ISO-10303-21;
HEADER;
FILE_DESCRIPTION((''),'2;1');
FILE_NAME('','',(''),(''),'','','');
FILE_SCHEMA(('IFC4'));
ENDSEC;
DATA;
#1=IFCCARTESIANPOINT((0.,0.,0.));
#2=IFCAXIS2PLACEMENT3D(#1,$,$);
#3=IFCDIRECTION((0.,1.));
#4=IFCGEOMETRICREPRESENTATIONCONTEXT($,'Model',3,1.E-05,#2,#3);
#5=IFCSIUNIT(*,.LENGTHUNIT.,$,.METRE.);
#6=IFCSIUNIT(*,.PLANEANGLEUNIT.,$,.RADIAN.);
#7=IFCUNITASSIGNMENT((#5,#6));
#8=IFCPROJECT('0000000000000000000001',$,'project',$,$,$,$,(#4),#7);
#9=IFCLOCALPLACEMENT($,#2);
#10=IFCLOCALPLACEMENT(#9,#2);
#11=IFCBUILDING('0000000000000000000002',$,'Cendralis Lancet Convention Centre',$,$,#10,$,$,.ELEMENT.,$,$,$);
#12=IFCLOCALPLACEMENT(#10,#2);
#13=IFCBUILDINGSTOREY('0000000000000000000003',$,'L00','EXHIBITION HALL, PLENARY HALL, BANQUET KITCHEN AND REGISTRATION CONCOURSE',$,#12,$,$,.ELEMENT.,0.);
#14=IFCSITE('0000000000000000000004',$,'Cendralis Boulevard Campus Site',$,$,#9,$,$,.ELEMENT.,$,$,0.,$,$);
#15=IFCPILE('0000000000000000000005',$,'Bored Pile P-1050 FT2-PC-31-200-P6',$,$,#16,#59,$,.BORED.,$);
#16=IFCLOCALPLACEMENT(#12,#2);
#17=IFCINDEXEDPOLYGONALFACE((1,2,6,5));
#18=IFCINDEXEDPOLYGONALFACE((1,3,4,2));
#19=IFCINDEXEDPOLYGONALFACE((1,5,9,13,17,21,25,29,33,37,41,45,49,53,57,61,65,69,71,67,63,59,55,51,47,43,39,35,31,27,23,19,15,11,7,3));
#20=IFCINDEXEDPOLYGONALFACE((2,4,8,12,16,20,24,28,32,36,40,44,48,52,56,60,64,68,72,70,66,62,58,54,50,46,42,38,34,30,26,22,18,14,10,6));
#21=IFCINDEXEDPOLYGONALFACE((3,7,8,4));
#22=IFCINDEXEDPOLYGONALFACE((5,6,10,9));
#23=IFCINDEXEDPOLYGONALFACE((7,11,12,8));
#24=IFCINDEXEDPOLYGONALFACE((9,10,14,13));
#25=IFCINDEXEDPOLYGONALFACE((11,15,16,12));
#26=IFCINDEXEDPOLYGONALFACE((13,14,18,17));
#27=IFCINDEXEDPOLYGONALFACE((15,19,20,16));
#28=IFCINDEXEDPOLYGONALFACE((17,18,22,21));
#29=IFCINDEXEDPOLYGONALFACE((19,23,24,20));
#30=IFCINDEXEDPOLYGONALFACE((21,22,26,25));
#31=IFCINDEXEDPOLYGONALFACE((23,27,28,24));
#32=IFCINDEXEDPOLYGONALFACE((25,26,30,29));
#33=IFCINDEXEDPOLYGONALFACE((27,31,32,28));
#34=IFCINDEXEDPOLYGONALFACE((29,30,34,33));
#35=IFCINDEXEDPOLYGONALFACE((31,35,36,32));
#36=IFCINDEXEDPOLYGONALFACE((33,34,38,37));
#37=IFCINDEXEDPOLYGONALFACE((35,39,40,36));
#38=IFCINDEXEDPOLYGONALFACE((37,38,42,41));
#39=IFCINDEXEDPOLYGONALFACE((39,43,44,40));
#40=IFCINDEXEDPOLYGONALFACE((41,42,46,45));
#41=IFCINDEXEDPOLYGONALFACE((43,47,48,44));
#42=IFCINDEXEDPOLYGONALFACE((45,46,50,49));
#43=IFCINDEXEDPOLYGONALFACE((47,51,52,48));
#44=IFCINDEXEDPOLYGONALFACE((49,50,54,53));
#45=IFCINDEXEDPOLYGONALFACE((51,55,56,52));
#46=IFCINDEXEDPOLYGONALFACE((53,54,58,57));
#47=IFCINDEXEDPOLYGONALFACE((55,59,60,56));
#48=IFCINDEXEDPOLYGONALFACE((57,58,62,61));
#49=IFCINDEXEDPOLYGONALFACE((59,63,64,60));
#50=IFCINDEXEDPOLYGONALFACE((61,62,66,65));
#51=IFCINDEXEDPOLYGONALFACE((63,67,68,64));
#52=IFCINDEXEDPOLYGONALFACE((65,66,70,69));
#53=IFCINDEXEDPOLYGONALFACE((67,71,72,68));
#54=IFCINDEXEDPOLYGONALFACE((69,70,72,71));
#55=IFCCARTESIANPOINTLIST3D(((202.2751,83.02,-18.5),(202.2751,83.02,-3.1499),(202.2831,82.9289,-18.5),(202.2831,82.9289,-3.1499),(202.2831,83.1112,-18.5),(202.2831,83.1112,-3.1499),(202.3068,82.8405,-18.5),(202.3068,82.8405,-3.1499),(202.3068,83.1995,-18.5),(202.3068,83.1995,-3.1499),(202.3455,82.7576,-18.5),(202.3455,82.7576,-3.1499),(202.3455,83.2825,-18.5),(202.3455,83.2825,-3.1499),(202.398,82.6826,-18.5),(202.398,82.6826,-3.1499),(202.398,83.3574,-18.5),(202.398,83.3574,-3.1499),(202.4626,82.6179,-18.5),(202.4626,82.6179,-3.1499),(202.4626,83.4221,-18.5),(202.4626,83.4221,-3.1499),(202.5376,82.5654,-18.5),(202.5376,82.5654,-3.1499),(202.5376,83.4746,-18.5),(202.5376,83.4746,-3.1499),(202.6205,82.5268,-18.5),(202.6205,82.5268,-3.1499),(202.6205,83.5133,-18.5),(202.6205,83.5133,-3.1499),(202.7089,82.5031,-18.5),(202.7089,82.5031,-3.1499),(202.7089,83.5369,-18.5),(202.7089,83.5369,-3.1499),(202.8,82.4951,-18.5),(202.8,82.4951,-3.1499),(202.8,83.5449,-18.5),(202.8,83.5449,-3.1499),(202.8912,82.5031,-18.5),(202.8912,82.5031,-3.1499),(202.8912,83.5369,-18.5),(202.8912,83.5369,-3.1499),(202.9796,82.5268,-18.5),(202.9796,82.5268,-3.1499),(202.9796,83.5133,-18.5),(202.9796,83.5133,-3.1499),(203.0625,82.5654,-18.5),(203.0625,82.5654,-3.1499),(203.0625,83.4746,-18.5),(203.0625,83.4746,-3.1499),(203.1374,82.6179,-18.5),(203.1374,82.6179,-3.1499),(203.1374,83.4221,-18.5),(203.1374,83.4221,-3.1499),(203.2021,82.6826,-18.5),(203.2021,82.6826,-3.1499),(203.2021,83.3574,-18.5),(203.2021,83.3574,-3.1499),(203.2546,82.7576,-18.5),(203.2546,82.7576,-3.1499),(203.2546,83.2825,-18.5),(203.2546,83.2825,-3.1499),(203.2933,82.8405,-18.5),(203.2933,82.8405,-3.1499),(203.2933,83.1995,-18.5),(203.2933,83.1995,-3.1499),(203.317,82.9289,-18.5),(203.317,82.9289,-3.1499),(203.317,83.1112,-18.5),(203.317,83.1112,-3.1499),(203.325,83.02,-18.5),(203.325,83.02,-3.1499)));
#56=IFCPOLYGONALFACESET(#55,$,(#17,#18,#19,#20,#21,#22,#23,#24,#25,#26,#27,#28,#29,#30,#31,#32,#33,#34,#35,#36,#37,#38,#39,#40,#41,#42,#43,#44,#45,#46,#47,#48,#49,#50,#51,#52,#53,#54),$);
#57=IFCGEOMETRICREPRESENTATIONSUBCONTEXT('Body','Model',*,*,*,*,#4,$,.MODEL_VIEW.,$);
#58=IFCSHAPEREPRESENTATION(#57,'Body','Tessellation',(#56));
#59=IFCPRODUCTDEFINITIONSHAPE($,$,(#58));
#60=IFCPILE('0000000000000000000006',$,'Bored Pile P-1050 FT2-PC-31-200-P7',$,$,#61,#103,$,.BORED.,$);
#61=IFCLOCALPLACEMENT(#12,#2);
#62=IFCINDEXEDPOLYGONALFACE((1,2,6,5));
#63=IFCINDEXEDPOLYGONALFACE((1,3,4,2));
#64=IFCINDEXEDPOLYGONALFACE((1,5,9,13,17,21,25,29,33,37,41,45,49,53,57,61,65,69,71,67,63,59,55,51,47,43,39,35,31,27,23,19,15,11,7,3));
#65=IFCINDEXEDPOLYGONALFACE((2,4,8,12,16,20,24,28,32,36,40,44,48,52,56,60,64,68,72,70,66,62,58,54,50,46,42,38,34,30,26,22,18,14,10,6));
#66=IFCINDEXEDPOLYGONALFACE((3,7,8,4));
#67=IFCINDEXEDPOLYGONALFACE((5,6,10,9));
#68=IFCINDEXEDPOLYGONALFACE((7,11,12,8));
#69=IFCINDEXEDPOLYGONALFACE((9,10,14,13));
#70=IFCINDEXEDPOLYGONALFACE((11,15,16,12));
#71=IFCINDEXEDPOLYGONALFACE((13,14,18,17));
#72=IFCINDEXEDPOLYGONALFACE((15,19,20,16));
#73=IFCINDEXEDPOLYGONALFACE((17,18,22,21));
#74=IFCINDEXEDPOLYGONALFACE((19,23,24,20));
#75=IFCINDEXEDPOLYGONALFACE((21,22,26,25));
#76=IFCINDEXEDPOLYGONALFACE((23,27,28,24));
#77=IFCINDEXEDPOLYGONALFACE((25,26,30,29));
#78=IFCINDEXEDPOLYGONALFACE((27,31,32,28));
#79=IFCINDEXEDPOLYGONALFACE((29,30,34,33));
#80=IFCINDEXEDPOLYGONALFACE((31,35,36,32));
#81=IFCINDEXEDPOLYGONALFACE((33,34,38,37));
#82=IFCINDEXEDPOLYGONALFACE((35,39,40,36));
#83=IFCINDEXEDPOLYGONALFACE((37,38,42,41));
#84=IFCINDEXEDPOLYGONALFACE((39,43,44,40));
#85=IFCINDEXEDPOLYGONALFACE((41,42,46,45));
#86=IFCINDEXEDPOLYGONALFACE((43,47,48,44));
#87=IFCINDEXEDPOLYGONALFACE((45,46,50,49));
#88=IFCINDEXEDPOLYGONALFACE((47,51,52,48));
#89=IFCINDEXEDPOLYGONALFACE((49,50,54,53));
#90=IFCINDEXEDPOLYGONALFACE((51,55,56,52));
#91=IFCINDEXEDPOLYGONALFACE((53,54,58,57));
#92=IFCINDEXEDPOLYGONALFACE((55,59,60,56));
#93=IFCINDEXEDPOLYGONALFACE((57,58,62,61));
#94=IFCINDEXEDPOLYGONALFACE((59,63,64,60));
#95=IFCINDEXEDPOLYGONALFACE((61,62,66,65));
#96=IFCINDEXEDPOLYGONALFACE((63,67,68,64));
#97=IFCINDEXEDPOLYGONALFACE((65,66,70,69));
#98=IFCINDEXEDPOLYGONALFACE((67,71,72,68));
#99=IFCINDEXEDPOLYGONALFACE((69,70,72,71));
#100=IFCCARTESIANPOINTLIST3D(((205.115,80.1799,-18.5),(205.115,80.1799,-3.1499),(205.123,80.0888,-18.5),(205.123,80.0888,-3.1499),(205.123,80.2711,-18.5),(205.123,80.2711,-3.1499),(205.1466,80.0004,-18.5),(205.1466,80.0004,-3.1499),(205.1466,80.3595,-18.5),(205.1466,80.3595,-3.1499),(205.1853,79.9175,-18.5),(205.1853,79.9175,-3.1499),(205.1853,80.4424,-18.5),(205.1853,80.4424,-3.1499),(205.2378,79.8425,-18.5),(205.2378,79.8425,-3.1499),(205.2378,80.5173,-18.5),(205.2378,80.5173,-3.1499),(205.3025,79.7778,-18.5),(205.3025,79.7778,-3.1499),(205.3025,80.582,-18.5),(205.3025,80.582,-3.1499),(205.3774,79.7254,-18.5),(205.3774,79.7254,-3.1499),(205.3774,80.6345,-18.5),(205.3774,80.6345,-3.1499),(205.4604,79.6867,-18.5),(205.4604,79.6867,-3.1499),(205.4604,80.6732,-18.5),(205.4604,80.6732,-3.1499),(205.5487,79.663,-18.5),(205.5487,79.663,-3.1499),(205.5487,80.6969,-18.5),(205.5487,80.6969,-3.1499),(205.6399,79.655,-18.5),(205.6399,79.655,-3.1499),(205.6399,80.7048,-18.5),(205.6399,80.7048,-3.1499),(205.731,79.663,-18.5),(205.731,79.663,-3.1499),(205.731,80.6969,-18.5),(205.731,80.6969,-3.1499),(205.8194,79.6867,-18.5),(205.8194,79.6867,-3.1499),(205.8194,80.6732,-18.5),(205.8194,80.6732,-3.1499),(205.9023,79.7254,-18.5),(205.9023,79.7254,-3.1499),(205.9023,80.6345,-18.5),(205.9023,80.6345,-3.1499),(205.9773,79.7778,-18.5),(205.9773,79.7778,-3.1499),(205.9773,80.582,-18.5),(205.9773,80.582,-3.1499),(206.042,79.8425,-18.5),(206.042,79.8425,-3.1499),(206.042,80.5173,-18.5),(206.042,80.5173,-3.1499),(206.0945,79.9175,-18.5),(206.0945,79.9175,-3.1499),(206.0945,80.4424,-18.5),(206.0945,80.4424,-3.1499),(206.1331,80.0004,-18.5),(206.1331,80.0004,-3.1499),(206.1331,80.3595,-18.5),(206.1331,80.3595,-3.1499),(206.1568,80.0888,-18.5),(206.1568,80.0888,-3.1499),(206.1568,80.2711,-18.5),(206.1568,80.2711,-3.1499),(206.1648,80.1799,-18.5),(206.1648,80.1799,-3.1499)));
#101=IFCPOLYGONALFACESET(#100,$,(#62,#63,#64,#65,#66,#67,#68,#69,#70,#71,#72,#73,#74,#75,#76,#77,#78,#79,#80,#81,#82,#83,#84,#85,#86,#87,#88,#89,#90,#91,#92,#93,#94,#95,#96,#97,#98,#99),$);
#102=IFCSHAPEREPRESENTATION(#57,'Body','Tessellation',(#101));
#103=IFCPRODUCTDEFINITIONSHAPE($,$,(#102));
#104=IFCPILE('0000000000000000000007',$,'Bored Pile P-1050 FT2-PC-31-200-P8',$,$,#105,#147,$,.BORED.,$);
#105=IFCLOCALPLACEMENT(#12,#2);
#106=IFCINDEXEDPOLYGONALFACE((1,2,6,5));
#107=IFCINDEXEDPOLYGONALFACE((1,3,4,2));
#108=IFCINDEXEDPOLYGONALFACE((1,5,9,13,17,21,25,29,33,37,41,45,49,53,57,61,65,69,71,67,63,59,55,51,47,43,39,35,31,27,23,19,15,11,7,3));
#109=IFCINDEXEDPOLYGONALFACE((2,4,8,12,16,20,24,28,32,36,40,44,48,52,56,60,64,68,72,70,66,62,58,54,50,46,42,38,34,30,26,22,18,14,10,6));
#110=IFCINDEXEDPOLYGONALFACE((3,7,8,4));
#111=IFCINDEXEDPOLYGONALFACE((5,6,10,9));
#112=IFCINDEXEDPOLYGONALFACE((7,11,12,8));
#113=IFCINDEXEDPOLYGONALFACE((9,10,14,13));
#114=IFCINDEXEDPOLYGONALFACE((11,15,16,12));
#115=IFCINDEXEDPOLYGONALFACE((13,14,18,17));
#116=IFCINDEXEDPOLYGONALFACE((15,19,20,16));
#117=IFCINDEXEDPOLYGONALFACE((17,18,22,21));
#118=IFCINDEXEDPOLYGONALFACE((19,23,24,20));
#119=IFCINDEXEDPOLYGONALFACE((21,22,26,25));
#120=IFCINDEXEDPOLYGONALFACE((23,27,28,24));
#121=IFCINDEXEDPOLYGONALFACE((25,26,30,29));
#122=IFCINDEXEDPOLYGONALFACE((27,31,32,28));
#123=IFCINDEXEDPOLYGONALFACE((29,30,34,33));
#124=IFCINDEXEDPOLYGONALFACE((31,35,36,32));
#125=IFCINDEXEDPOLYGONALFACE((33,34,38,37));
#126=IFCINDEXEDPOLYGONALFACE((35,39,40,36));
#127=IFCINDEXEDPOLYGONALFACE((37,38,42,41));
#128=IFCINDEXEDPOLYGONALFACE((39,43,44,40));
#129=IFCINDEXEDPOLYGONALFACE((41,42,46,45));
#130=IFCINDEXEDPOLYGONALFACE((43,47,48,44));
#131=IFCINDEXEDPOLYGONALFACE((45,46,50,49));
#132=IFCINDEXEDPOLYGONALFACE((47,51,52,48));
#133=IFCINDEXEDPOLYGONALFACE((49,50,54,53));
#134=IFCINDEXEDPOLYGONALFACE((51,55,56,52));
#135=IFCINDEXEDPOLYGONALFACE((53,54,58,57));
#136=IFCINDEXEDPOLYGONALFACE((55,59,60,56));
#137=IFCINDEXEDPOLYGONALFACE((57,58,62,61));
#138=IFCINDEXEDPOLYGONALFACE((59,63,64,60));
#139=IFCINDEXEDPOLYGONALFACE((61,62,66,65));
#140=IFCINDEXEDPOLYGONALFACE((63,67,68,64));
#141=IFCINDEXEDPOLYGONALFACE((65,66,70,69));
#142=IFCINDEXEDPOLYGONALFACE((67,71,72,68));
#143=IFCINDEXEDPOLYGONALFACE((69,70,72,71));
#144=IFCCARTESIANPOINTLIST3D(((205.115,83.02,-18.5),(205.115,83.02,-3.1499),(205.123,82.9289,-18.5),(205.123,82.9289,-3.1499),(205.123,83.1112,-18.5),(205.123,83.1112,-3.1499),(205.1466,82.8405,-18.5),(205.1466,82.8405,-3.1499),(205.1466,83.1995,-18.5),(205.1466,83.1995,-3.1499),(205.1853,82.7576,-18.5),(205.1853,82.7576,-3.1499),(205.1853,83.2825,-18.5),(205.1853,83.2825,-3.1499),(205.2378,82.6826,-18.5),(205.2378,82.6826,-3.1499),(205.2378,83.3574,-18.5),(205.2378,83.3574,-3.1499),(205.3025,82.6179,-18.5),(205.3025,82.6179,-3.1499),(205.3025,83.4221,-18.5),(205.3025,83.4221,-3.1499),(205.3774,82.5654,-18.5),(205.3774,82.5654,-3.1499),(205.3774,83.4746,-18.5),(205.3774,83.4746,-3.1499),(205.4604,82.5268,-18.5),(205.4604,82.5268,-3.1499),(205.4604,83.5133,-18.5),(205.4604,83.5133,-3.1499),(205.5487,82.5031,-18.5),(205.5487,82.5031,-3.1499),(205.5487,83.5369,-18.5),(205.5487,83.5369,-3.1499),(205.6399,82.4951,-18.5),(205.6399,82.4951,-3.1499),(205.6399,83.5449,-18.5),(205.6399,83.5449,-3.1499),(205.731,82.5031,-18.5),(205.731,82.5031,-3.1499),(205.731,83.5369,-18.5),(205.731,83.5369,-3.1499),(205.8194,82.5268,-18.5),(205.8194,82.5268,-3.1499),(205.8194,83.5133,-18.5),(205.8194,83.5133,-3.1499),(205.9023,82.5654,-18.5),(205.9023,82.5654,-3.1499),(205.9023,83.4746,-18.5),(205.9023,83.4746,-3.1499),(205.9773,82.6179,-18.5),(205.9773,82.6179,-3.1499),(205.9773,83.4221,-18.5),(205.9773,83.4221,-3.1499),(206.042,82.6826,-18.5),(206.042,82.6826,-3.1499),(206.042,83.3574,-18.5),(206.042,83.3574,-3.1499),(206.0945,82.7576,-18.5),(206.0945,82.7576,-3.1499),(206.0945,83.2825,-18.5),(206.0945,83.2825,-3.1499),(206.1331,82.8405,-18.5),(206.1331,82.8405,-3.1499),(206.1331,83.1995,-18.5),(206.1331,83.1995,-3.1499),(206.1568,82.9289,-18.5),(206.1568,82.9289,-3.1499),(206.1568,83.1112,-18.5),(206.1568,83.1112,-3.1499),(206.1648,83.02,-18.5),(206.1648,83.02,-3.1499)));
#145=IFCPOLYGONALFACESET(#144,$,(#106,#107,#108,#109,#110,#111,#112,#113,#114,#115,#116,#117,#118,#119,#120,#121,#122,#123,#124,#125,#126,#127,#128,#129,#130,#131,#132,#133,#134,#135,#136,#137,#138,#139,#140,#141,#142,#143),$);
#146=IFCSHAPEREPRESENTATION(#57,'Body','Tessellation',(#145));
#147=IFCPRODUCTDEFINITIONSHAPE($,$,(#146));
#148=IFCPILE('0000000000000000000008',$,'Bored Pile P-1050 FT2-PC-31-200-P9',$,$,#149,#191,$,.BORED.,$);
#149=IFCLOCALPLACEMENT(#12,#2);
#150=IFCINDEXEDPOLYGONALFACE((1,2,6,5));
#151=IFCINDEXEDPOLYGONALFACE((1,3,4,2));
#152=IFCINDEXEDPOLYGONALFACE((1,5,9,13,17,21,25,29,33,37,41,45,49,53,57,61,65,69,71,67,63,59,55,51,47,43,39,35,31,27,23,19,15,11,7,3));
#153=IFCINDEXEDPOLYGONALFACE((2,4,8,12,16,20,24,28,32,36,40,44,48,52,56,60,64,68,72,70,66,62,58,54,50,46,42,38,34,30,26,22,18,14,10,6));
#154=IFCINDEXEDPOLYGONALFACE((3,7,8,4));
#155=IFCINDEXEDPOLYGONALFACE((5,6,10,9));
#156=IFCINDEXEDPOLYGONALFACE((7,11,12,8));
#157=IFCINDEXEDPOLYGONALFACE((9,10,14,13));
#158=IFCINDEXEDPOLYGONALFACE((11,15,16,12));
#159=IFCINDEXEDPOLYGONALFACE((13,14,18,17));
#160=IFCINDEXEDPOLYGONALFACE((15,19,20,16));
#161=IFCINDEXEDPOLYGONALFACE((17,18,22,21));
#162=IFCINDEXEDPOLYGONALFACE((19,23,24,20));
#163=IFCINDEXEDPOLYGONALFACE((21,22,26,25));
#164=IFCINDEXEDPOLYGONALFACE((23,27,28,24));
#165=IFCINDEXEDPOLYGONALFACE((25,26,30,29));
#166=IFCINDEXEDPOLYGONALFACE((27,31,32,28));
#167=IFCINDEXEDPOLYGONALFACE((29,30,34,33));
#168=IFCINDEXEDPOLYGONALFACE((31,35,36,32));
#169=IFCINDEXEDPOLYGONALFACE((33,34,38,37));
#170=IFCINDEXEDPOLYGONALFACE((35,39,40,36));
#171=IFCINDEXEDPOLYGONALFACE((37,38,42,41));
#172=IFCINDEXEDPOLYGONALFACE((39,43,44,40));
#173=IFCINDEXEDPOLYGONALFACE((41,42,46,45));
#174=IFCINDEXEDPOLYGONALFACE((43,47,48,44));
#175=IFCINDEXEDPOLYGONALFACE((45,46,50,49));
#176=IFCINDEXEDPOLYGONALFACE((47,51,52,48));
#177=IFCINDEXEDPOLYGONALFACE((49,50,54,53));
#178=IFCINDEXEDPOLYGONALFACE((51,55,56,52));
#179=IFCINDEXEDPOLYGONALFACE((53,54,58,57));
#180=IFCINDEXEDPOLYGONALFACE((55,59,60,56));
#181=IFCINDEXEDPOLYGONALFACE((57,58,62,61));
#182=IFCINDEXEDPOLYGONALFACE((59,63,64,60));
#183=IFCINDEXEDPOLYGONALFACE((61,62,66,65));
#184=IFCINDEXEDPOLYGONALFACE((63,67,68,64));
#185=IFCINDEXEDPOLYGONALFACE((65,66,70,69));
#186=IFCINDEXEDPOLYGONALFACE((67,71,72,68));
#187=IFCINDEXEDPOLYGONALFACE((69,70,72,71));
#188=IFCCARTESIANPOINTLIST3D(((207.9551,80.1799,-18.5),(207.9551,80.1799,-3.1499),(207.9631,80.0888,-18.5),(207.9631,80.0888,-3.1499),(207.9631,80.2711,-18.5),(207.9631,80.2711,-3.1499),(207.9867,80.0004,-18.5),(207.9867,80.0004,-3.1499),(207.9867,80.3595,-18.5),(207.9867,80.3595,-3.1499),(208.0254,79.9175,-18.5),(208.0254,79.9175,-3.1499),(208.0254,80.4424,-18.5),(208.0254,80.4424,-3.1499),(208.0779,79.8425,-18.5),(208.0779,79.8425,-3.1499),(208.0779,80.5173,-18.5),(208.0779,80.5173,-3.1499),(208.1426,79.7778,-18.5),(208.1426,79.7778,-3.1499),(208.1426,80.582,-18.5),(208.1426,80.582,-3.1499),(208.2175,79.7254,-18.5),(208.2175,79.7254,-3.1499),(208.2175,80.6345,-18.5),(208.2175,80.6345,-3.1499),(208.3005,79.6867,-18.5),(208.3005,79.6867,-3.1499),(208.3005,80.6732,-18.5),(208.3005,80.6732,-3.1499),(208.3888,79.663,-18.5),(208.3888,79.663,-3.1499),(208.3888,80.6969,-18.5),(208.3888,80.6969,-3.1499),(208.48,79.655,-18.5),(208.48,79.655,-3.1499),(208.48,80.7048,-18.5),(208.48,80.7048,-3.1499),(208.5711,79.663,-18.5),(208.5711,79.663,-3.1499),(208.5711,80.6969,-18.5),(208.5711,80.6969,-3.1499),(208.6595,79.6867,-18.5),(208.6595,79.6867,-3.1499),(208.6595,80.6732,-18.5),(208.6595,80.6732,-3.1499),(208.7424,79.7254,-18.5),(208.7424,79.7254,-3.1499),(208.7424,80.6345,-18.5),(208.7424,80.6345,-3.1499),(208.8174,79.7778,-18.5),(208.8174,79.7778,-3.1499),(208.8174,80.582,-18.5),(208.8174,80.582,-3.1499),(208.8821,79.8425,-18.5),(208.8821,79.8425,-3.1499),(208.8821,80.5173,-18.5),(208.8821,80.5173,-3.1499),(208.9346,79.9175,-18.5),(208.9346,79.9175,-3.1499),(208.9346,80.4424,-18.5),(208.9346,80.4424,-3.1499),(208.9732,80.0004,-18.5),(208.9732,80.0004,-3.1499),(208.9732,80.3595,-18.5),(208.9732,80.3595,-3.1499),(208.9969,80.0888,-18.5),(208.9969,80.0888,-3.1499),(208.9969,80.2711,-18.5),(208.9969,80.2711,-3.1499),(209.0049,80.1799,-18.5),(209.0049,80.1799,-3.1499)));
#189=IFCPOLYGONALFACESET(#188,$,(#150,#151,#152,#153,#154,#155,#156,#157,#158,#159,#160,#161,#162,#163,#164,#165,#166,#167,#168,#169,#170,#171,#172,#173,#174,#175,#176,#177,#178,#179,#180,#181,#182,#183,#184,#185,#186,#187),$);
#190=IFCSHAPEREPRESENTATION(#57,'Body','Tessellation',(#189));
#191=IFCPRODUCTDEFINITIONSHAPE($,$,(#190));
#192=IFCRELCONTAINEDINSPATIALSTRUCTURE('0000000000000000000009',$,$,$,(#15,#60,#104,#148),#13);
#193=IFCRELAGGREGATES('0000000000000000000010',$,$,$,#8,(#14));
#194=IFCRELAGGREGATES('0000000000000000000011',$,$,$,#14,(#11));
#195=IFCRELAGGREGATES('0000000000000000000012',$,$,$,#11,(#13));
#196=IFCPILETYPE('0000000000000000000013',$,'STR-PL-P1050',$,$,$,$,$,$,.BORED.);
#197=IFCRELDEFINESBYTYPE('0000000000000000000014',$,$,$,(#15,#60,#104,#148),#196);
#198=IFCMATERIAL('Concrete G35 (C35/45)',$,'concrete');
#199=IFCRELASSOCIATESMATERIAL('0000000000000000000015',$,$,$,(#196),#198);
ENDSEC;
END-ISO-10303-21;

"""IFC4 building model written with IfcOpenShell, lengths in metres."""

from ifc_helpers import new_model, si_unit, direction, frame, origin, origin_2d, place, context, subcontext, project, spatial, circle, extrude, material, material_profile, profile_set, type_object, element, save


model = new_model("IFC4")

# Units and contexts
model_context = context("Model", 3, precision=1e-05, world=origin(), true_north=direction((0.0, 1.0)))
body_context = subcontext(model_context, "Body", "Model", "MODEL_VIEW")
ifc_project = project(units=[si_unit("LENGTHUNIT", "METRE"), si_unit("PLANEANGLEUNIT", "RADIAN")], contexts=[model_context])

# Site, building, storey
site_placement = place(None, origin())
site = spatial("IfcSite", under=ifc_project, at=site_placement, Name="Cendralis Boulevard Campus Site", CompositionType="ELEMENT", RefElevation=0.0)
building_placement = place(site_placement, origin())
building = spatial("IfcBuilding", under=site, at=building_placement, Name="Cendralis Lancet Convention Centre", CompositionType="ELEMENT")
storey_placement = place(building_placement, origin())
storey = spatial("IfcBuildingStorey", under=building, at=storey_placement, Name="L00", Description="EXHIBITION HALL, PLENARY HALL, BANQUET KITCHEN AND REGISTRATION CONCOURSE", CompositionType="ELEMENT", Elevation=0.0)

# Piles
ifc_material_1 = material(Name="Concrete G35 (C35/45)", Category="concrete")
ifc_material_profile_1 = material_profile(ifc_material_1, circle(Radius=0.5249, at=origin_2d()), Name="BORED PILE D1050")
ifc_profile_set_1 = profile_set([ifc_material_profile_1], Name="Concrete G35 (C35/45)")
pile_type_1 = type_object("IfcPileType", Name="STR-PL-P1050", PredefinedType="BORED", material=ifc_profile_set_1)
for number, where, z_axis, x_axis, name in (
    (1, (202.8, 83.02, -3.1499), (0.0, 0.0, -1.0), (1.0, 0.0, 0.0), "Bored Pile P-1050 FT2-PC-31-200-P6"),
    (2, (205.6399, 80.1799, -3.1499), (0.0, 0.0, -1.0), (1.0, 0.0, 0.0), "Bored Pile P-1050 FT2-PC-31-200-P7"),
    (3, (205.6399, 83.02, -3.1499), (0.0, 0.0, -1.0), (1.0, 0.0, 0.0), "Bored Pile P-1050 FT2-PC-31-200-P8"),
    (4, (208.48, 80.1799, -3.1499), (0.0, 0.0, -1.0), (1.0, 0.0, 0.0), "Bored Pile P-1050 FT2-PC-31-200-P9"),
):
    element("IfcPile", number, at=place(storey_placement, frame(where, z_axis=z_axis, x_axis=x_axis)), inside=storey, type_object=pile_type_1, Name=name, PredefinedType="BORED", context=body_context, shape_type="SweptSolid", body=[
        extrude(circle(Radius=0.5249, at=origin_2d()), origin(), (0.0, 0.0, 1.0), 15.3501),
    ])

save(model, "model.ifc")
